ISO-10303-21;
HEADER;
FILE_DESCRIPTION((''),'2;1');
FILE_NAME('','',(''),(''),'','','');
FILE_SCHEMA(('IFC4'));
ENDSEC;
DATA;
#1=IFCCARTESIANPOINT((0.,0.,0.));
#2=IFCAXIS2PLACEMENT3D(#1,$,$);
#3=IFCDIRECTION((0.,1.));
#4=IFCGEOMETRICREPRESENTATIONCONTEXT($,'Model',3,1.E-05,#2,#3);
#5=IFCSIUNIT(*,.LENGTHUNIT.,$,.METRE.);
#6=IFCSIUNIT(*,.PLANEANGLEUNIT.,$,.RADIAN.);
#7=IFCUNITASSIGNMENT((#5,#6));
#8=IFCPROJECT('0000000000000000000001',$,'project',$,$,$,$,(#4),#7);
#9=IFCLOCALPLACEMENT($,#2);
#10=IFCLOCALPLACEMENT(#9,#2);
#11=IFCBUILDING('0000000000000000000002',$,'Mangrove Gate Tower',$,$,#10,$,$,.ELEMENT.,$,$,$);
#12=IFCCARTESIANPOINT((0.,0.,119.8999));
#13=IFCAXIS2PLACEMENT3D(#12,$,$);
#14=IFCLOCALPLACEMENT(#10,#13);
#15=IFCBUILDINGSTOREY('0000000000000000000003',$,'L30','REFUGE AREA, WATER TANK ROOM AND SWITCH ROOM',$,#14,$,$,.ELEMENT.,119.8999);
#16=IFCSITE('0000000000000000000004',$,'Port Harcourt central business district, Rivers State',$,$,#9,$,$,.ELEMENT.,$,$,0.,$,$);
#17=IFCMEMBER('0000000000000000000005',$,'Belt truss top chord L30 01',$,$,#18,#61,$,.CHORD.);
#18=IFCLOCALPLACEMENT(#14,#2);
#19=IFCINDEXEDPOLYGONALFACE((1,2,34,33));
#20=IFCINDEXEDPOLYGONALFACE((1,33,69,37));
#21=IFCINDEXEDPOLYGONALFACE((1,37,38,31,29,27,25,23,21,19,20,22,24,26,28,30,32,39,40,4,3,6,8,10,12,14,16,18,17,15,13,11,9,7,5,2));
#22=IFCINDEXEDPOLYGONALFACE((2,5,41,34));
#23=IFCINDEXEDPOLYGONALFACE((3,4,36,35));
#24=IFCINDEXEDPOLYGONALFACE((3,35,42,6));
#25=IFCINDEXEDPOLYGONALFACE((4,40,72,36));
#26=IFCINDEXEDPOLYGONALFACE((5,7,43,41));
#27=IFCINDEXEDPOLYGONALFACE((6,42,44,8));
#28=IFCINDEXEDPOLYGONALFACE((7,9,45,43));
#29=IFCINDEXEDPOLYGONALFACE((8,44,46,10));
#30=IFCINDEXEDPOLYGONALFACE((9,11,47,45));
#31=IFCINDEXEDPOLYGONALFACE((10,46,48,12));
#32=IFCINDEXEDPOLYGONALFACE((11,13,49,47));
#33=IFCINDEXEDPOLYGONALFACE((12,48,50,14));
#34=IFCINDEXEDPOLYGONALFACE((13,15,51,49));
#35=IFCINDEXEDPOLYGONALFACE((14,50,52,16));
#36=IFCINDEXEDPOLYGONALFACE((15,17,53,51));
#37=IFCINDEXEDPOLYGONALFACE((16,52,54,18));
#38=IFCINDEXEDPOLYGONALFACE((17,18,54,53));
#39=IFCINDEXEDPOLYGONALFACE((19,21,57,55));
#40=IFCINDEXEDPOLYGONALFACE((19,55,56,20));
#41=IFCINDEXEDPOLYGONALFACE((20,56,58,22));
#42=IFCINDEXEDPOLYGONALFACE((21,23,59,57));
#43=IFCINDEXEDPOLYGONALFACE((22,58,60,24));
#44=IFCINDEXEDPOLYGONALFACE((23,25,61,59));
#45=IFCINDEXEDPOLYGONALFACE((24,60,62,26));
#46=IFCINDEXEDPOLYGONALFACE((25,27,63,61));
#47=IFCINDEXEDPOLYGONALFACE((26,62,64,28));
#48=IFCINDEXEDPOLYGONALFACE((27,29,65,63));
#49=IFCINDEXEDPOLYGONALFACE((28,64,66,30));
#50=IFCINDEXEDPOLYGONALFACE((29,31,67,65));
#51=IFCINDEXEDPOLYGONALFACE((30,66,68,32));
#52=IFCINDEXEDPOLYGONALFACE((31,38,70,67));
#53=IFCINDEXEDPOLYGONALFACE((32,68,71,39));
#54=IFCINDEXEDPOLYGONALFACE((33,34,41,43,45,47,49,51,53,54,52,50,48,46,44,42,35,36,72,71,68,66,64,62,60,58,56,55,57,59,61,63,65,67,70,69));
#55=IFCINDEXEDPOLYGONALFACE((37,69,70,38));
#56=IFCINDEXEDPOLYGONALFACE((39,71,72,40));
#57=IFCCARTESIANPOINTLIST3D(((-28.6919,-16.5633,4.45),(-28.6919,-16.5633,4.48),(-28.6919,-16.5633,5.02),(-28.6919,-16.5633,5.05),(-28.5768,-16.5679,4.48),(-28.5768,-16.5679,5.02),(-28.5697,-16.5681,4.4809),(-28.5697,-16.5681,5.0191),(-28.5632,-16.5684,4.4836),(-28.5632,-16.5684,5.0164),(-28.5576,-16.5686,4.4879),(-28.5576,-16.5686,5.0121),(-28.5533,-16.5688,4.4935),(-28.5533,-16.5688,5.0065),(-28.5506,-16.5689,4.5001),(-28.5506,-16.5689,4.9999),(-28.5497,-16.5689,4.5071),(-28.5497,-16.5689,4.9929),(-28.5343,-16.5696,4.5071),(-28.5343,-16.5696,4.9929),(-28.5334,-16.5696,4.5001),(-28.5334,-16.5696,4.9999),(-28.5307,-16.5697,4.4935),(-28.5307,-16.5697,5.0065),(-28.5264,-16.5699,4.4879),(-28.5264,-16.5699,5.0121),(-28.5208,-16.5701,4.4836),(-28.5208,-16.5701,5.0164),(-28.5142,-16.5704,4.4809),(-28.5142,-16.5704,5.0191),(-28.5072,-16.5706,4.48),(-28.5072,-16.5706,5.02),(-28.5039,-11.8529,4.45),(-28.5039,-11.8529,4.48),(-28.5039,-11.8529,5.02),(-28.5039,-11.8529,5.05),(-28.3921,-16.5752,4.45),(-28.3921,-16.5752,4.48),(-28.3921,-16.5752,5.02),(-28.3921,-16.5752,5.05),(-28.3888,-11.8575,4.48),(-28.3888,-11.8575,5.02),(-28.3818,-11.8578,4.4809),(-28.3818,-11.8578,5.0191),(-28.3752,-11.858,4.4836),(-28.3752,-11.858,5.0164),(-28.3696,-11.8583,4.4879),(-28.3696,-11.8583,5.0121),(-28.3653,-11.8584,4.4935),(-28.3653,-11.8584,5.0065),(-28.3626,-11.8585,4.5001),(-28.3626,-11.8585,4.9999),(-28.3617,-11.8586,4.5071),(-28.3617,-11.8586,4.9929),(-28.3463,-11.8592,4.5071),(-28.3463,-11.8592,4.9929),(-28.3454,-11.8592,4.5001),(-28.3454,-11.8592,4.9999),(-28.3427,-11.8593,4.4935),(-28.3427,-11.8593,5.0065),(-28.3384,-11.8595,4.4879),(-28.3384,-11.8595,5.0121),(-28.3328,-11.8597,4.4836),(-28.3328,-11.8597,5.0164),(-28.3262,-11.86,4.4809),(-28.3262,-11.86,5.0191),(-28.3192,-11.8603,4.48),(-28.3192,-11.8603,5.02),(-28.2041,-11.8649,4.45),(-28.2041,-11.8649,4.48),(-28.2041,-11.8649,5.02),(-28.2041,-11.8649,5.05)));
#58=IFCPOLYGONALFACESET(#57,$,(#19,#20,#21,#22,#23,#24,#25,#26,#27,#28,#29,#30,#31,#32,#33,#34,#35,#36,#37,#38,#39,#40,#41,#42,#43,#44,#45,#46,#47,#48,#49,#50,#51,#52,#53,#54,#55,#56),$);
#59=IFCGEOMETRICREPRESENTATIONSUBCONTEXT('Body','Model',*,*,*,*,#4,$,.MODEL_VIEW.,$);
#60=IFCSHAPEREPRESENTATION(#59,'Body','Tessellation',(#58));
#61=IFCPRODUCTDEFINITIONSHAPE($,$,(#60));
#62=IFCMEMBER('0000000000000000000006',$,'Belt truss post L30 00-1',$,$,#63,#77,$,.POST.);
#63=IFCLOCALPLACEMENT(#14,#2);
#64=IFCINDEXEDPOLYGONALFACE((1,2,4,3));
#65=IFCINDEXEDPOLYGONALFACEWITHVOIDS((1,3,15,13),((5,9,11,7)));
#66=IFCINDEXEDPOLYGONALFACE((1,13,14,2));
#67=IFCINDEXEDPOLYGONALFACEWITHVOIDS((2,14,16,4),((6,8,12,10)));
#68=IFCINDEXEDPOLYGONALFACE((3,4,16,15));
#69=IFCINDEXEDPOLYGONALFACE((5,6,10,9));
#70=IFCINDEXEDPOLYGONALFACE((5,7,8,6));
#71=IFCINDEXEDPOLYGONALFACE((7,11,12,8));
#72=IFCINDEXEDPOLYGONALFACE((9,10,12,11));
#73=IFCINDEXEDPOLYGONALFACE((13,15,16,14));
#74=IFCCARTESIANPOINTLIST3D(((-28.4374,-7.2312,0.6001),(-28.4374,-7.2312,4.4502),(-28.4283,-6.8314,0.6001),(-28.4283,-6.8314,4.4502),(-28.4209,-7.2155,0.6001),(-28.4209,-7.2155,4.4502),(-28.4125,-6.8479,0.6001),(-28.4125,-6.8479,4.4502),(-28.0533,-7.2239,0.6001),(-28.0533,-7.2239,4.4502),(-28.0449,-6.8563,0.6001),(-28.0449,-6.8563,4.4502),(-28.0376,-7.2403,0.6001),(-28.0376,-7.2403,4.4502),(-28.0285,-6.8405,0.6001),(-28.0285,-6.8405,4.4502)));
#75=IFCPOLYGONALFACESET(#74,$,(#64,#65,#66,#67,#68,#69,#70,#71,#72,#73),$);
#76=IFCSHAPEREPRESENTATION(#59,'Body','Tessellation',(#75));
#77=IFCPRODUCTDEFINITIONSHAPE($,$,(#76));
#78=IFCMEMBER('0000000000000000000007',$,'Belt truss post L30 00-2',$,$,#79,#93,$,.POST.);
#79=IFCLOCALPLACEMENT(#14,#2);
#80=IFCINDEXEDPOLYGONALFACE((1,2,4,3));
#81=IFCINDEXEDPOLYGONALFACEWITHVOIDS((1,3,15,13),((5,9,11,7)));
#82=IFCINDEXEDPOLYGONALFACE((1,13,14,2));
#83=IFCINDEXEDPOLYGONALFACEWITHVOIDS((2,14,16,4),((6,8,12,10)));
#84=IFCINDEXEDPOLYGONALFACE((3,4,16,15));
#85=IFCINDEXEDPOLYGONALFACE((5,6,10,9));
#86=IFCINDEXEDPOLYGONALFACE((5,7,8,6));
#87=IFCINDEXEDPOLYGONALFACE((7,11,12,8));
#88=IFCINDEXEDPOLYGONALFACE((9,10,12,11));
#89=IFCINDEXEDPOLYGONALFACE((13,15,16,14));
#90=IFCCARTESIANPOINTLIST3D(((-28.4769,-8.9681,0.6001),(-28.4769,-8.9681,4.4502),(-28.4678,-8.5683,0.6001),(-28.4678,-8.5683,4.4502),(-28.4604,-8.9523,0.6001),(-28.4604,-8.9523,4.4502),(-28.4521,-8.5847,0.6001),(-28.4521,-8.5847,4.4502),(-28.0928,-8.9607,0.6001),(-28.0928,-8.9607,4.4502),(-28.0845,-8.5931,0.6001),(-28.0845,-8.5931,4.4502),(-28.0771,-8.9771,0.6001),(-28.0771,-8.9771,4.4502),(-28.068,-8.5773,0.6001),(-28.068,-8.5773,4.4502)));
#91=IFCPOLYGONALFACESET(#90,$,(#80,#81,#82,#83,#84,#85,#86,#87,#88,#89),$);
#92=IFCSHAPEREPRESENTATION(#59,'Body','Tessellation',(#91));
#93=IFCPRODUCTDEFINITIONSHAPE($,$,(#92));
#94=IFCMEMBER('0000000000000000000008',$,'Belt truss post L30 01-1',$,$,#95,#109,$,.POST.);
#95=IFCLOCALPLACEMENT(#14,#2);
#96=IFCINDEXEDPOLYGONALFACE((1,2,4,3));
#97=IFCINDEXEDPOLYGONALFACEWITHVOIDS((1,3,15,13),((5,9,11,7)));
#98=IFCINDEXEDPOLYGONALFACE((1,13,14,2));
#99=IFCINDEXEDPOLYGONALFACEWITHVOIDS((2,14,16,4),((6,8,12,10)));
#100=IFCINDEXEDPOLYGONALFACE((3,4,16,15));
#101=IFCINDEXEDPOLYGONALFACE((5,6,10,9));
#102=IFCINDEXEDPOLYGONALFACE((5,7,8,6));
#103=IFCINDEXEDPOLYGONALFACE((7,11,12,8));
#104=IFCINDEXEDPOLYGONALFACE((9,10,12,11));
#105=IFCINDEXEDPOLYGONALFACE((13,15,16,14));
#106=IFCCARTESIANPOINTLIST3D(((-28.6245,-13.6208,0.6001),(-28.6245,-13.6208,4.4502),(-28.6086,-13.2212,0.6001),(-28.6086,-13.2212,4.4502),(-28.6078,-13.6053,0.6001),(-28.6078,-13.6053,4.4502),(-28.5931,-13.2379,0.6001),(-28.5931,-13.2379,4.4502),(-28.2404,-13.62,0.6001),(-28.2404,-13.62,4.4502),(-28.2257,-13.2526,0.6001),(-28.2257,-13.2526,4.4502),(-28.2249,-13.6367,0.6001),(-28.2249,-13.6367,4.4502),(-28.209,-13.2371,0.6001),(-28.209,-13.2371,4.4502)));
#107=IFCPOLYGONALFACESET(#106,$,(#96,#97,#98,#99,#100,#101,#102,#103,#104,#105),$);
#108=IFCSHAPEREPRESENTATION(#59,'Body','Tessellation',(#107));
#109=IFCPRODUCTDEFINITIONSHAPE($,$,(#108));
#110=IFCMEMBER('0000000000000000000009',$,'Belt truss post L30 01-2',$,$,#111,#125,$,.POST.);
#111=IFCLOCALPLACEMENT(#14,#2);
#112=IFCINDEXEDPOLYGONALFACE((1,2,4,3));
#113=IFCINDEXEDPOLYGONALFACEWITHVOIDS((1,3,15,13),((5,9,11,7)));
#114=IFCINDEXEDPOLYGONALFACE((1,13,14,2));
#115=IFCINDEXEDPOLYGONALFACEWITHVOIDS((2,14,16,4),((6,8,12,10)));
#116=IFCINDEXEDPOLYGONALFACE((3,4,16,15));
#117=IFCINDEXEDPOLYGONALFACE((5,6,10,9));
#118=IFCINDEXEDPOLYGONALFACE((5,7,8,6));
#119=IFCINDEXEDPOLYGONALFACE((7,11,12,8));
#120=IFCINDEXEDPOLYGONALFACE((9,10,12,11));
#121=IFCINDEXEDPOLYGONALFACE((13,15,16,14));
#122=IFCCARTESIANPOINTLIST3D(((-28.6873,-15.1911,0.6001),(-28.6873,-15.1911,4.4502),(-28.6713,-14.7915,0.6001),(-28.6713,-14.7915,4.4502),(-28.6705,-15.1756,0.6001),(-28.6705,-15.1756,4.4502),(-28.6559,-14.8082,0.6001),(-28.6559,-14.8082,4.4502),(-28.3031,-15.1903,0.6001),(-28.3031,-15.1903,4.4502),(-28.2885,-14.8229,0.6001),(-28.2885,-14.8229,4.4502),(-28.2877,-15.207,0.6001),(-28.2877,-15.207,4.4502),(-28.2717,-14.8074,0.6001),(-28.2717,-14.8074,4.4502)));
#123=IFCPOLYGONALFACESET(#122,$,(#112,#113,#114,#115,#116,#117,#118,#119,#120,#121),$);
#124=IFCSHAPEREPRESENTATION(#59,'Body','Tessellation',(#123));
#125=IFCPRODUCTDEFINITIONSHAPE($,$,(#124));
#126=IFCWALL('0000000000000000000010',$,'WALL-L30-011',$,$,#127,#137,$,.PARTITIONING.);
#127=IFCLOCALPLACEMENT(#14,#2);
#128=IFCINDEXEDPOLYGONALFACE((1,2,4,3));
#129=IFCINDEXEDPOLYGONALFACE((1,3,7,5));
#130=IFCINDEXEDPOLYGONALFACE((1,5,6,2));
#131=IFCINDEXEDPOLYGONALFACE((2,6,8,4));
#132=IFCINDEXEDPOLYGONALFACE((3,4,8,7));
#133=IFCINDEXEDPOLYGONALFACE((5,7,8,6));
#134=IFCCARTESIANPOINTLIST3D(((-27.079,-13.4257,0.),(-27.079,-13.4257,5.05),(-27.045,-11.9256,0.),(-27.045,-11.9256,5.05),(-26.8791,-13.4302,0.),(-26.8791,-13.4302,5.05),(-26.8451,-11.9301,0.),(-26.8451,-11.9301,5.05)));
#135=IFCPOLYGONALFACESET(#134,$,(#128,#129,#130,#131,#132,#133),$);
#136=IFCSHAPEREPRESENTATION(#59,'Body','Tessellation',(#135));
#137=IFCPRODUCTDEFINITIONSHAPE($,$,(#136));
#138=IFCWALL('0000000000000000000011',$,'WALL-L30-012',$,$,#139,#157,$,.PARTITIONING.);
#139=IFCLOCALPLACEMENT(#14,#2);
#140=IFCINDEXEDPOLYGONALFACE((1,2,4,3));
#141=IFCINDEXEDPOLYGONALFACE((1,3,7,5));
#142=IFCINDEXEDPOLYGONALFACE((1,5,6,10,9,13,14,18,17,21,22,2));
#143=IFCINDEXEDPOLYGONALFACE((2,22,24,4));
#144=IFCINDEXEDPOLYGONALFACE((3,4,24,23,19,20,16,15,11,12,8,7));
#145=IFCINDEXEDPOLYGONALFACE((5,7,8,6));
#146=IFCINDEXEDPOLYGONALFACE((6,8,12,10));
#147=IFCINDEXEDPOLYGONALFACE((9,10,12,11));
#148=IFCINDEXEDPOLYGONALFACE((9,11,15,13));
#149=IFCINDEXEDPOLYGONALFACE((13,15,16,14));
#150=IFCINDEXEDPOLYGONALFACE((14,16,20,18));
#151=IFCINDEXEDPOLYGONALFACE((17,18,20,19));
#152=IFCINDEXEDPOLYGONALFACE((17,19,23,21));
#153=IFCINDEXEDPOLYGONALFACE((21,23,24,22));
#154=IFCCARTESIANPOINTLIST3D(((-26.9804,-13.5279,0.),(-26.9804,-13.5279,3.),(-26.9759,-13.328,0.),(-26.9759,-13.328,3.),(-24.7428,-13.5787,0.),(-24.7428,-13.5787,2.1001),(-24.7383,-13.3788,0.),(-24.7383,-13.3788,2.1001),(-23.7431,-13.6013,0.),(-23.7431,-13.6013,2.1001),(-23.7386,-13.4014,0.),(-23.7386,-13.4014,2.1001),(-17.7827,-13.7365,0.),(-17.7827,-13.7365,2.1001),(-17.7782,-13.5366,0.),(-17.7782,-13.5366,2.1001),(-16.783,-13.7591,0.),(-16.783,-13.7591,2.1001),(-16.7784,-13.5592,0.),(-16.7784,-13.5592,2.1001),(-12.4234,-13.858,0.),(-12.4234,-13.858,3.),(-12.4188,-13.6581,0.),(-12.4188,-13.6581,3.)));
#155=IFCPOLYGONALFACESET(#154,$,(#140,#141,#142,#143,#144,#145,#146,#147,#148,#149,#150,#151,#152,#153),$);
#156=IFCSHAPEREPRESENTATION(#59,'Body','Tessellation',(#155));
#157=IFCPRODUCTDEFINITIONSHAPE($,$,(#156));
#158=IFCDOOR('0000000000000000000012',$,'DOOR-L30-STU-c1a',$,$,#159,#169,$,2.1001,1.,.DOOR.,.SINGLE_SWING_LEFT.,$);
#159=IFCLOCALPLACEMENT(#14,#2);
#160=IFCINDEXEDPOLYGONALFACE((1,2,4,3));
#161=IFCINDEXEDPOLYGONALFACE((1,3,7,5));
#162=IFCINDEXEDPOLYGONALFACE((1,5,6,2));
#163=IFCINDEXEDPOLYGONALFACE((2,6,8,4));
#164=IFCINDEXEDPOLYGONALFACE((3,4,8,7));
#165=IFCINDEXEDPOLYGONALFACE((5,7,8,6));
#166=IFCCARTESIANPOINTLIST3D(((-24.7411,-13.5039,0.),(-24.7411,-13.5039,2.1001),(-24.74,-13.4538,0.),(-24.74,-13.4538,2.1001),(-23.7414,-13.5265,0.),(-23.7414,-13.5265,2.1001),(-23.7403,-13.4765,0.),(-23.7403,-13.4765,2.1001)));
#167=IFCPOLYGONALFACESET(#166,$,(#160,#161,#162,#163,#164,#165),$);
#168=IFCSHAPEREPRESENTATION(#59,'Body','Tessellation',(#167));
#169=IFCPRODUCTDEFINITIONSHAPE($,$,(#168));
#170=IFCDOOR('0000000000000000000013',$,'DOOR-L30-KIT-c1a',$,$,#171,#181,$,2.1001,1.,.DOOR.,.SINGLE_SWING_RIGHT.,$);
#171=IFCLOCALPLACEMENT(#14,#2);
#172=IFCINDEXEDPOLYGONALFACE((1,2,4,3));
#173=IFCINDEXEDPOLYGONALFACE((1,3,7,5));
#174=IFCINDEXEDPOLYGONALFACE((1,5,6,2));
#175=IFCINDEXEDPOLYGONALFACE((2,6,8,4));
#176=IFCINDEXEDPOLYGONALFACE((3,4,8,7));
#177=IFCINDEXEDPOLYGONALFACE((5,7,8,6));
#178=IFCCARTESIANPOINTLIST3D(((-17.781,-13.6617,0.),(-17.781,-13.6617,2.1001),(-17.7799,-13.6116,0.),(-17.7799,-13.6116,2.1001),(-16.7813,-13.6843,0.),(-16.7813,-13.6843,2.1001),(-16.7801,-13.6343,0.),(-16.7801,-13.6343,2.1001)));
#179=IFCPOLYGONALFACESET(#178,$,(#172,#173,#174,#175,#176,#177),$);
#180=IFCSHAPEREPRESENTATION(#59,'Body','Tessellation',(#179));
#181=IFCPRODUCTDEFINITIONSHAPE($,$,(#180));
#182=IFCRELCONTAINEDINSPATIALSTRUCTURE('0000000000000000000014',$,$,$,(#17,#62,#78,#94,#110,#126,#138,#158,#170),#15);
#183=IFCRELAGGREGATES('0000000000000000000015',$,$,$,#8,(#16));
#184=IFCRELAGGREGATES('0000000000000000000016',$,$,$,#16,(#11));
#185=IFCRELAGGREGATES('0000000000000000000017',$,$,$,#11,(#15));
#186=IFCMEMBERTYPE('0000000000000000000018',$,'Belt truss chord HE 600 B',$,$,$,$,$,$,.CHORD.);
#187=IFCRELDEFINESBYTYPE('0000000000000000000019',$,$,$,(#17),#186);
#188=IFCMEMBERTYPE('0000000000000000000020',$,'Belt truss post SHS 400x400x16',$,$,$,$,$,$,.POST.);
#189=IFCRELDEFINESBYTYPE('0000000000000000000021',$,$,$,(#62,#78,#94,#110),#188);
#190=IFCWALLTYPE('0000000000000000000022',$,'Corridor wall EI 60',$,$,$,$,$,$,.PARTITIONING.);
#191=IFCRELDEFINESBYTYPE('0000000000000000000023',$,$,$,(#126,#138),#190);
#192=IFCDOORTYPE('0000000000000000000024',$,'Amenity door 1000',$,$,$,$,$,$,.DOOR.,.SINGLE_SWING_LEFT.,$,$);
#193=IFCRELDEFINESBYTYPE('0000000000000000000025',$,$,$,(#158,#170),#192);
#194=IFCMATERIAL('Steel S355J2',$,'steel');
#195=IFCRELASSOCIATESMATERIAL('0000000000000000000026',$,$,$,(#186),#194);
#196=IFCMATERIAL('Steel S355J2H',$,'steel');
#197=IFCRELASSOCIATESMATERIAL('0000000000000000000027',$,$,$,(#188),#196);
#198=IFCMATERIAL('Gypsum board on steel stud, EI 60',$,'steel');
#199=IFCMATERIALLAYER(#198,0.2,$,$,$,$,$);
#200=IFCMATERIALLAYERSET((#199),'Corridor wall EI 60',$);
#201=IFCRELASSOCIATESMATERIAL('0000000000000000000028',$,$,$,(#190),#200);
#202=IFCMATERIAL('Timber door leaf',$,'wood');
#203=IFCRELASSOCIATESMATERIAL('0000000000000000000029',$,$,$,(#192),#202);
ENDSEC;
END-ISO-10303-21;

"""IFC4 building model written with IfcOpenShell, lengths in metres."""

from ifc_helpers import new_model, si_unit, direction, frame, frame_2d, origin, origin_2d, place, context, subcontext, project, spatial, rectangle, hollow_rectangle, i_section, extrude, material, layer, layer_set, material_profile, profile_set, type_object, element, fill, save


model = new_model("IFC4")

# Units and contexts
model_context = context("Model", 3, precision=1e-05, world=origin(), true_north=direction((0.0, 1.0)))
body_context = subcontext(model_context, "Body", "Model", "MODEL_VIEW")
ifc_project = project(units=[si_unit("LENGTHUNIT", "METRE"), si_unit("PLANEANGLEUNIT", "RADIAN")], contexts=[model_context])

# Site, building, storey
site_placement = place(None, origin())
site = spatial("IfcSite", under=ifc_project, at=site_placement, Name="Port Harcourt central business district, Rivers State", CompositionType="ELEMENT", RefElevation=0.0)
building_placement = place(site_placement, origin())
building = spatial("IfcBuilding", under=site, at=building_placement, Name="Mangrove Gate Tower", CompositionType="ELEMENT")
storey_placement = place(building_placement, frame((0.0, 0.0, 119.8999)))
storey = spatial("IfcBuildingStorey", under=building, at=storey_placement, Name="L30", Description="REFUGE AREA, WATER TANK ROOM AND SWITCH ROOM", CompositionType="ELEMENT", Elevation=119.8999)

# Members
ifc_material_1 = material(Name="Steel S355J2", Category="steel")
ifc_material_profile_1 = material_profile(ifc_material_1, i_section(OverallWidth=0.3, OverallDepth=0.6001, WebThickness=0.0154, FlangeThickness=0.03, FilletRadius=0.0271, at=origin_2d()))
ifc_profile_set_1 = profile_set([ifc_material_profile_1], Name="Steel S355J2")
member_type_1 = type_object("IfcMemberType", Name="Belt truss chord HE 600 B", PredefinedType="CHORD", material=ifc_profile_set_1)
for number, where, z_axis, x_axis, name in (
    (1, (-28.354, -11.8589, 4.75), (-0.039877, -0.999205, 0.0), (0.999205, -0.039877, 0.0), "Belt truss top chord L30 01"),
):
    element("IfcMember", number, at=place(storey_placement, frame(where, z_axis=z_axis, x_axis=x_axis)), inside=storey, type_object=member_type_1, Name=name, PredefinedType="CHORD", context=body_context, shape_type="SweptSolid", body=[
        extrude(i_section(OverallWidth=0.3, OverallDepth=0.6001, WebThickness=0.0154, FlangeThickness=0.03, FilletRadius=0.0271, at=origin_2d()), origin(), (0.0, 0.0, 1.0), 4.7141),
    ])
ifc_material_2 = material(Name="Steel S355J2H", Category="steel")
ifc_material_profile_2 = material_profile(ifc_material_2, hollow_rectangle(XDim=0.3999, YDim=0.3999, WallThickness=0.0161, at=origin_2d()))
ifc_profile_set_2 = profile_set([ifc_material_profile_2], Name="Steel S355J2H")
member_type_2 = type_object("IfcMemberType", Name="Belt truss post SHS 400x400x16", PredefinedType="POST", material=ifc_profile_set_2)
for number, where, z_axis, x_axis, name in (
    (2, (-28.2329, -7.0359, 0.6001), (0.0, 0.0, 1.0), (-0.022708, -0.999742, 0.0), "Belt truss post L30 00-1"),
    (3, (-28.2725, -8.7727, 0.6001), (0.0, 0.0, 1.0), (-0.022708, -0.999742, 0.0), "Belt truss post L30 00-2"),
    (4, (-28.4167, -13.429, 0.6001), (0.0, 0.0, 1.0), (-0.03987, -0.999205, 0.0), "Belt truss post L30 01-1"),
    (5, (-28.4795, -14.9993, 0.6001), (0.0, 0.0, 1.0), (-0.03987, -0.999205, 0.0), "Belt truss post L30 01-2"),
):
    element("IfcMember", number, at=place(storey_placement, frame(where, z_axis=z_axis, x_axis=x_axis)), inside=storey, type_object=member_type_2, Name=name, PredefinedType="POST", context=body_context, shape_type="SweptSolid", body=[
        extrude(hollow_rectangle(XDim=0.3999, YDim=0.3999, WallThickness=0.0161, at=origin_2d()), origin(), (0.0, 0.0, 1.0), 3.8501),
    ])

# Wall
ifc_material_3 = material(Name="Gypsum board on steel stud, EI 60", Category="steel")
ifc_layer_1 = layer(ifc_material_3, 0.2)
ifc_layer_set_1 = layer_set([ifc_layer_1], Name="Corridor wall EI 60")
wall_type_1 = type_object("IfcWallType", Name="Corridor wall EI 60", PredefinedType="PARTITIONING", material=ifc_layer_set_1)
wall_1_placement = place(storey_placement, frame((-26.979, -13.428, 0.0), z_axis=(0.0, 0.0, 1.0), x_axis=(0.022618, 0.999744, 0.0)))
element("IfcWall", 6, at=wall_1_placement, inside=storey, type_object=wall_type_1, Name="WALL-L30-011", PredefinedType="PARTITIONING", context=body_context, shape_type="SweptSolid", body=[
    extrude(rectangle(XDim=1.5005, YDim=0.2, at=frame_2d((0.7502, 0.0))), origin(), (0.0, 0.0, 1.0), 5.05),
])

# Wall, openings, doors
wall_2_placement = place(storey_placement, frame((-26.978, -13.428, 0.0), z_axis=(0.0, 0.0, 1.0), x_axis=(0.999743, -0.022669, 0.0)))
wall_2 = element("IfcWall", 7, at=wall_2_placement, inside=storey, type_object=wall_type_1, Name="WALL-L30-012", PredefinedType="PARTITIONING", context=body_context, shape_type="SweptSolid", body=[
    extrude(rectangle(XDim=14.5608, YDim=0.2, at=frame_2d((7.2803, 0.0))), origin(), (0.0, 0.0, 1.0), 3.0),
])
opening_1_placement = place(wall_2_placement, frame((2.238, 0.0, 0.0)))
opening_1 = element("IfcOpeningElement", 8, at=opening_1_placement, cuts=wall_2, PredefinedType="OPENING", context=body_context, shape_type="SweptSolid", body=[
    extrude(rectangle(XDim=1.0, YDim=2.1001, at=frame_2d((0.5, 1.05))), frame((0.0, 0.1099, 0.0), z_axis=(0.0, -1.0, 0.0), x_axis=(1.0, 0.0, 0.0)), (0.0, 0.0, 1.0), 0.22),
])
opening_2_placement = place(wall_2_placement, frame((9.2, 0.0, 0.0)))
opening_2 = element("IfcOpeningElement", 9, at=opening_2_placement, cuts=wall_2, PredefinedType="OPENING", context=body_context, shape_type="SweptSolid", body=[
    extrude(rectangle(XDim=1.0, YDim=2.1001, at=frame_2d((0.5, 1.05))), frame((0.0, 0.1099, 0.0), z_axis=(0.0, -1.0, 0.0), x_axis=(1.0, 0.0, 0.0)), (0.0, 0.0, 1.0), 0.22),
])
ifc_material_4 = material(Name="Timber door leaf", Category="wood")
door_type = type_object("IfcDoorType", Name="Amenity door 1000", OperationType="SINGLE_SWING_LEFT", PredefinedType="DOOR", material=ifc_material_4)
door_1_placement = place(opening_1_placement, origin())
door_1 = element("IfcDoor", 10, at=door_1_placement, inside=storey, type_object=door_type, Name="DOOR-L30-STU-c1a", OperationType="SINGLE_SWING_LEFT", OverallHeight=2.1001, OverallWidth=1.0, PredefinedType="DOOR", context=body_context, shape_type="SweptSolid", body=[
    extrude(rectangle(XDim=1.0, YDim=2.1001, at=frame_2d((0.5, 1.05))), frame((0.0, 0.0249, 0.0), z_axis=(0.0, -1.0, 0.0), x_axis=(1.0, 0.0, 0.0)), (0.0, 0.0, 1.0), 0.05),
])
fill(opening_1, door_1)
door_2_placement = place(opening_2_placement, origin())
door_2 = element("IfcDoor", 11, at=door_2_placement, inside=storey, type_object=door_type, Name="DOOR-L30-KIT-c1a", OperationType="SINGLE_SWING_RIGHT", OverallHeight=2.1001, OverallWidth=1.0, PredefinedType="DOOR", context=body_context, shape_type="SweptSolid", body=[
    extrude(rectangle(XDim=1.0, YDim=2.1001, at=frame_2d((0.5, 1.05))), frame((0.0, 0.0249, 0.0), z_axis=(0.0, -1.0, 0.0), x_axis=(1.0, 0.0, 0.0)), (0.0, 0.0, 1.0), 0.05),
])
fill(opening_2, door_2)

save(model, "model.ifc")
